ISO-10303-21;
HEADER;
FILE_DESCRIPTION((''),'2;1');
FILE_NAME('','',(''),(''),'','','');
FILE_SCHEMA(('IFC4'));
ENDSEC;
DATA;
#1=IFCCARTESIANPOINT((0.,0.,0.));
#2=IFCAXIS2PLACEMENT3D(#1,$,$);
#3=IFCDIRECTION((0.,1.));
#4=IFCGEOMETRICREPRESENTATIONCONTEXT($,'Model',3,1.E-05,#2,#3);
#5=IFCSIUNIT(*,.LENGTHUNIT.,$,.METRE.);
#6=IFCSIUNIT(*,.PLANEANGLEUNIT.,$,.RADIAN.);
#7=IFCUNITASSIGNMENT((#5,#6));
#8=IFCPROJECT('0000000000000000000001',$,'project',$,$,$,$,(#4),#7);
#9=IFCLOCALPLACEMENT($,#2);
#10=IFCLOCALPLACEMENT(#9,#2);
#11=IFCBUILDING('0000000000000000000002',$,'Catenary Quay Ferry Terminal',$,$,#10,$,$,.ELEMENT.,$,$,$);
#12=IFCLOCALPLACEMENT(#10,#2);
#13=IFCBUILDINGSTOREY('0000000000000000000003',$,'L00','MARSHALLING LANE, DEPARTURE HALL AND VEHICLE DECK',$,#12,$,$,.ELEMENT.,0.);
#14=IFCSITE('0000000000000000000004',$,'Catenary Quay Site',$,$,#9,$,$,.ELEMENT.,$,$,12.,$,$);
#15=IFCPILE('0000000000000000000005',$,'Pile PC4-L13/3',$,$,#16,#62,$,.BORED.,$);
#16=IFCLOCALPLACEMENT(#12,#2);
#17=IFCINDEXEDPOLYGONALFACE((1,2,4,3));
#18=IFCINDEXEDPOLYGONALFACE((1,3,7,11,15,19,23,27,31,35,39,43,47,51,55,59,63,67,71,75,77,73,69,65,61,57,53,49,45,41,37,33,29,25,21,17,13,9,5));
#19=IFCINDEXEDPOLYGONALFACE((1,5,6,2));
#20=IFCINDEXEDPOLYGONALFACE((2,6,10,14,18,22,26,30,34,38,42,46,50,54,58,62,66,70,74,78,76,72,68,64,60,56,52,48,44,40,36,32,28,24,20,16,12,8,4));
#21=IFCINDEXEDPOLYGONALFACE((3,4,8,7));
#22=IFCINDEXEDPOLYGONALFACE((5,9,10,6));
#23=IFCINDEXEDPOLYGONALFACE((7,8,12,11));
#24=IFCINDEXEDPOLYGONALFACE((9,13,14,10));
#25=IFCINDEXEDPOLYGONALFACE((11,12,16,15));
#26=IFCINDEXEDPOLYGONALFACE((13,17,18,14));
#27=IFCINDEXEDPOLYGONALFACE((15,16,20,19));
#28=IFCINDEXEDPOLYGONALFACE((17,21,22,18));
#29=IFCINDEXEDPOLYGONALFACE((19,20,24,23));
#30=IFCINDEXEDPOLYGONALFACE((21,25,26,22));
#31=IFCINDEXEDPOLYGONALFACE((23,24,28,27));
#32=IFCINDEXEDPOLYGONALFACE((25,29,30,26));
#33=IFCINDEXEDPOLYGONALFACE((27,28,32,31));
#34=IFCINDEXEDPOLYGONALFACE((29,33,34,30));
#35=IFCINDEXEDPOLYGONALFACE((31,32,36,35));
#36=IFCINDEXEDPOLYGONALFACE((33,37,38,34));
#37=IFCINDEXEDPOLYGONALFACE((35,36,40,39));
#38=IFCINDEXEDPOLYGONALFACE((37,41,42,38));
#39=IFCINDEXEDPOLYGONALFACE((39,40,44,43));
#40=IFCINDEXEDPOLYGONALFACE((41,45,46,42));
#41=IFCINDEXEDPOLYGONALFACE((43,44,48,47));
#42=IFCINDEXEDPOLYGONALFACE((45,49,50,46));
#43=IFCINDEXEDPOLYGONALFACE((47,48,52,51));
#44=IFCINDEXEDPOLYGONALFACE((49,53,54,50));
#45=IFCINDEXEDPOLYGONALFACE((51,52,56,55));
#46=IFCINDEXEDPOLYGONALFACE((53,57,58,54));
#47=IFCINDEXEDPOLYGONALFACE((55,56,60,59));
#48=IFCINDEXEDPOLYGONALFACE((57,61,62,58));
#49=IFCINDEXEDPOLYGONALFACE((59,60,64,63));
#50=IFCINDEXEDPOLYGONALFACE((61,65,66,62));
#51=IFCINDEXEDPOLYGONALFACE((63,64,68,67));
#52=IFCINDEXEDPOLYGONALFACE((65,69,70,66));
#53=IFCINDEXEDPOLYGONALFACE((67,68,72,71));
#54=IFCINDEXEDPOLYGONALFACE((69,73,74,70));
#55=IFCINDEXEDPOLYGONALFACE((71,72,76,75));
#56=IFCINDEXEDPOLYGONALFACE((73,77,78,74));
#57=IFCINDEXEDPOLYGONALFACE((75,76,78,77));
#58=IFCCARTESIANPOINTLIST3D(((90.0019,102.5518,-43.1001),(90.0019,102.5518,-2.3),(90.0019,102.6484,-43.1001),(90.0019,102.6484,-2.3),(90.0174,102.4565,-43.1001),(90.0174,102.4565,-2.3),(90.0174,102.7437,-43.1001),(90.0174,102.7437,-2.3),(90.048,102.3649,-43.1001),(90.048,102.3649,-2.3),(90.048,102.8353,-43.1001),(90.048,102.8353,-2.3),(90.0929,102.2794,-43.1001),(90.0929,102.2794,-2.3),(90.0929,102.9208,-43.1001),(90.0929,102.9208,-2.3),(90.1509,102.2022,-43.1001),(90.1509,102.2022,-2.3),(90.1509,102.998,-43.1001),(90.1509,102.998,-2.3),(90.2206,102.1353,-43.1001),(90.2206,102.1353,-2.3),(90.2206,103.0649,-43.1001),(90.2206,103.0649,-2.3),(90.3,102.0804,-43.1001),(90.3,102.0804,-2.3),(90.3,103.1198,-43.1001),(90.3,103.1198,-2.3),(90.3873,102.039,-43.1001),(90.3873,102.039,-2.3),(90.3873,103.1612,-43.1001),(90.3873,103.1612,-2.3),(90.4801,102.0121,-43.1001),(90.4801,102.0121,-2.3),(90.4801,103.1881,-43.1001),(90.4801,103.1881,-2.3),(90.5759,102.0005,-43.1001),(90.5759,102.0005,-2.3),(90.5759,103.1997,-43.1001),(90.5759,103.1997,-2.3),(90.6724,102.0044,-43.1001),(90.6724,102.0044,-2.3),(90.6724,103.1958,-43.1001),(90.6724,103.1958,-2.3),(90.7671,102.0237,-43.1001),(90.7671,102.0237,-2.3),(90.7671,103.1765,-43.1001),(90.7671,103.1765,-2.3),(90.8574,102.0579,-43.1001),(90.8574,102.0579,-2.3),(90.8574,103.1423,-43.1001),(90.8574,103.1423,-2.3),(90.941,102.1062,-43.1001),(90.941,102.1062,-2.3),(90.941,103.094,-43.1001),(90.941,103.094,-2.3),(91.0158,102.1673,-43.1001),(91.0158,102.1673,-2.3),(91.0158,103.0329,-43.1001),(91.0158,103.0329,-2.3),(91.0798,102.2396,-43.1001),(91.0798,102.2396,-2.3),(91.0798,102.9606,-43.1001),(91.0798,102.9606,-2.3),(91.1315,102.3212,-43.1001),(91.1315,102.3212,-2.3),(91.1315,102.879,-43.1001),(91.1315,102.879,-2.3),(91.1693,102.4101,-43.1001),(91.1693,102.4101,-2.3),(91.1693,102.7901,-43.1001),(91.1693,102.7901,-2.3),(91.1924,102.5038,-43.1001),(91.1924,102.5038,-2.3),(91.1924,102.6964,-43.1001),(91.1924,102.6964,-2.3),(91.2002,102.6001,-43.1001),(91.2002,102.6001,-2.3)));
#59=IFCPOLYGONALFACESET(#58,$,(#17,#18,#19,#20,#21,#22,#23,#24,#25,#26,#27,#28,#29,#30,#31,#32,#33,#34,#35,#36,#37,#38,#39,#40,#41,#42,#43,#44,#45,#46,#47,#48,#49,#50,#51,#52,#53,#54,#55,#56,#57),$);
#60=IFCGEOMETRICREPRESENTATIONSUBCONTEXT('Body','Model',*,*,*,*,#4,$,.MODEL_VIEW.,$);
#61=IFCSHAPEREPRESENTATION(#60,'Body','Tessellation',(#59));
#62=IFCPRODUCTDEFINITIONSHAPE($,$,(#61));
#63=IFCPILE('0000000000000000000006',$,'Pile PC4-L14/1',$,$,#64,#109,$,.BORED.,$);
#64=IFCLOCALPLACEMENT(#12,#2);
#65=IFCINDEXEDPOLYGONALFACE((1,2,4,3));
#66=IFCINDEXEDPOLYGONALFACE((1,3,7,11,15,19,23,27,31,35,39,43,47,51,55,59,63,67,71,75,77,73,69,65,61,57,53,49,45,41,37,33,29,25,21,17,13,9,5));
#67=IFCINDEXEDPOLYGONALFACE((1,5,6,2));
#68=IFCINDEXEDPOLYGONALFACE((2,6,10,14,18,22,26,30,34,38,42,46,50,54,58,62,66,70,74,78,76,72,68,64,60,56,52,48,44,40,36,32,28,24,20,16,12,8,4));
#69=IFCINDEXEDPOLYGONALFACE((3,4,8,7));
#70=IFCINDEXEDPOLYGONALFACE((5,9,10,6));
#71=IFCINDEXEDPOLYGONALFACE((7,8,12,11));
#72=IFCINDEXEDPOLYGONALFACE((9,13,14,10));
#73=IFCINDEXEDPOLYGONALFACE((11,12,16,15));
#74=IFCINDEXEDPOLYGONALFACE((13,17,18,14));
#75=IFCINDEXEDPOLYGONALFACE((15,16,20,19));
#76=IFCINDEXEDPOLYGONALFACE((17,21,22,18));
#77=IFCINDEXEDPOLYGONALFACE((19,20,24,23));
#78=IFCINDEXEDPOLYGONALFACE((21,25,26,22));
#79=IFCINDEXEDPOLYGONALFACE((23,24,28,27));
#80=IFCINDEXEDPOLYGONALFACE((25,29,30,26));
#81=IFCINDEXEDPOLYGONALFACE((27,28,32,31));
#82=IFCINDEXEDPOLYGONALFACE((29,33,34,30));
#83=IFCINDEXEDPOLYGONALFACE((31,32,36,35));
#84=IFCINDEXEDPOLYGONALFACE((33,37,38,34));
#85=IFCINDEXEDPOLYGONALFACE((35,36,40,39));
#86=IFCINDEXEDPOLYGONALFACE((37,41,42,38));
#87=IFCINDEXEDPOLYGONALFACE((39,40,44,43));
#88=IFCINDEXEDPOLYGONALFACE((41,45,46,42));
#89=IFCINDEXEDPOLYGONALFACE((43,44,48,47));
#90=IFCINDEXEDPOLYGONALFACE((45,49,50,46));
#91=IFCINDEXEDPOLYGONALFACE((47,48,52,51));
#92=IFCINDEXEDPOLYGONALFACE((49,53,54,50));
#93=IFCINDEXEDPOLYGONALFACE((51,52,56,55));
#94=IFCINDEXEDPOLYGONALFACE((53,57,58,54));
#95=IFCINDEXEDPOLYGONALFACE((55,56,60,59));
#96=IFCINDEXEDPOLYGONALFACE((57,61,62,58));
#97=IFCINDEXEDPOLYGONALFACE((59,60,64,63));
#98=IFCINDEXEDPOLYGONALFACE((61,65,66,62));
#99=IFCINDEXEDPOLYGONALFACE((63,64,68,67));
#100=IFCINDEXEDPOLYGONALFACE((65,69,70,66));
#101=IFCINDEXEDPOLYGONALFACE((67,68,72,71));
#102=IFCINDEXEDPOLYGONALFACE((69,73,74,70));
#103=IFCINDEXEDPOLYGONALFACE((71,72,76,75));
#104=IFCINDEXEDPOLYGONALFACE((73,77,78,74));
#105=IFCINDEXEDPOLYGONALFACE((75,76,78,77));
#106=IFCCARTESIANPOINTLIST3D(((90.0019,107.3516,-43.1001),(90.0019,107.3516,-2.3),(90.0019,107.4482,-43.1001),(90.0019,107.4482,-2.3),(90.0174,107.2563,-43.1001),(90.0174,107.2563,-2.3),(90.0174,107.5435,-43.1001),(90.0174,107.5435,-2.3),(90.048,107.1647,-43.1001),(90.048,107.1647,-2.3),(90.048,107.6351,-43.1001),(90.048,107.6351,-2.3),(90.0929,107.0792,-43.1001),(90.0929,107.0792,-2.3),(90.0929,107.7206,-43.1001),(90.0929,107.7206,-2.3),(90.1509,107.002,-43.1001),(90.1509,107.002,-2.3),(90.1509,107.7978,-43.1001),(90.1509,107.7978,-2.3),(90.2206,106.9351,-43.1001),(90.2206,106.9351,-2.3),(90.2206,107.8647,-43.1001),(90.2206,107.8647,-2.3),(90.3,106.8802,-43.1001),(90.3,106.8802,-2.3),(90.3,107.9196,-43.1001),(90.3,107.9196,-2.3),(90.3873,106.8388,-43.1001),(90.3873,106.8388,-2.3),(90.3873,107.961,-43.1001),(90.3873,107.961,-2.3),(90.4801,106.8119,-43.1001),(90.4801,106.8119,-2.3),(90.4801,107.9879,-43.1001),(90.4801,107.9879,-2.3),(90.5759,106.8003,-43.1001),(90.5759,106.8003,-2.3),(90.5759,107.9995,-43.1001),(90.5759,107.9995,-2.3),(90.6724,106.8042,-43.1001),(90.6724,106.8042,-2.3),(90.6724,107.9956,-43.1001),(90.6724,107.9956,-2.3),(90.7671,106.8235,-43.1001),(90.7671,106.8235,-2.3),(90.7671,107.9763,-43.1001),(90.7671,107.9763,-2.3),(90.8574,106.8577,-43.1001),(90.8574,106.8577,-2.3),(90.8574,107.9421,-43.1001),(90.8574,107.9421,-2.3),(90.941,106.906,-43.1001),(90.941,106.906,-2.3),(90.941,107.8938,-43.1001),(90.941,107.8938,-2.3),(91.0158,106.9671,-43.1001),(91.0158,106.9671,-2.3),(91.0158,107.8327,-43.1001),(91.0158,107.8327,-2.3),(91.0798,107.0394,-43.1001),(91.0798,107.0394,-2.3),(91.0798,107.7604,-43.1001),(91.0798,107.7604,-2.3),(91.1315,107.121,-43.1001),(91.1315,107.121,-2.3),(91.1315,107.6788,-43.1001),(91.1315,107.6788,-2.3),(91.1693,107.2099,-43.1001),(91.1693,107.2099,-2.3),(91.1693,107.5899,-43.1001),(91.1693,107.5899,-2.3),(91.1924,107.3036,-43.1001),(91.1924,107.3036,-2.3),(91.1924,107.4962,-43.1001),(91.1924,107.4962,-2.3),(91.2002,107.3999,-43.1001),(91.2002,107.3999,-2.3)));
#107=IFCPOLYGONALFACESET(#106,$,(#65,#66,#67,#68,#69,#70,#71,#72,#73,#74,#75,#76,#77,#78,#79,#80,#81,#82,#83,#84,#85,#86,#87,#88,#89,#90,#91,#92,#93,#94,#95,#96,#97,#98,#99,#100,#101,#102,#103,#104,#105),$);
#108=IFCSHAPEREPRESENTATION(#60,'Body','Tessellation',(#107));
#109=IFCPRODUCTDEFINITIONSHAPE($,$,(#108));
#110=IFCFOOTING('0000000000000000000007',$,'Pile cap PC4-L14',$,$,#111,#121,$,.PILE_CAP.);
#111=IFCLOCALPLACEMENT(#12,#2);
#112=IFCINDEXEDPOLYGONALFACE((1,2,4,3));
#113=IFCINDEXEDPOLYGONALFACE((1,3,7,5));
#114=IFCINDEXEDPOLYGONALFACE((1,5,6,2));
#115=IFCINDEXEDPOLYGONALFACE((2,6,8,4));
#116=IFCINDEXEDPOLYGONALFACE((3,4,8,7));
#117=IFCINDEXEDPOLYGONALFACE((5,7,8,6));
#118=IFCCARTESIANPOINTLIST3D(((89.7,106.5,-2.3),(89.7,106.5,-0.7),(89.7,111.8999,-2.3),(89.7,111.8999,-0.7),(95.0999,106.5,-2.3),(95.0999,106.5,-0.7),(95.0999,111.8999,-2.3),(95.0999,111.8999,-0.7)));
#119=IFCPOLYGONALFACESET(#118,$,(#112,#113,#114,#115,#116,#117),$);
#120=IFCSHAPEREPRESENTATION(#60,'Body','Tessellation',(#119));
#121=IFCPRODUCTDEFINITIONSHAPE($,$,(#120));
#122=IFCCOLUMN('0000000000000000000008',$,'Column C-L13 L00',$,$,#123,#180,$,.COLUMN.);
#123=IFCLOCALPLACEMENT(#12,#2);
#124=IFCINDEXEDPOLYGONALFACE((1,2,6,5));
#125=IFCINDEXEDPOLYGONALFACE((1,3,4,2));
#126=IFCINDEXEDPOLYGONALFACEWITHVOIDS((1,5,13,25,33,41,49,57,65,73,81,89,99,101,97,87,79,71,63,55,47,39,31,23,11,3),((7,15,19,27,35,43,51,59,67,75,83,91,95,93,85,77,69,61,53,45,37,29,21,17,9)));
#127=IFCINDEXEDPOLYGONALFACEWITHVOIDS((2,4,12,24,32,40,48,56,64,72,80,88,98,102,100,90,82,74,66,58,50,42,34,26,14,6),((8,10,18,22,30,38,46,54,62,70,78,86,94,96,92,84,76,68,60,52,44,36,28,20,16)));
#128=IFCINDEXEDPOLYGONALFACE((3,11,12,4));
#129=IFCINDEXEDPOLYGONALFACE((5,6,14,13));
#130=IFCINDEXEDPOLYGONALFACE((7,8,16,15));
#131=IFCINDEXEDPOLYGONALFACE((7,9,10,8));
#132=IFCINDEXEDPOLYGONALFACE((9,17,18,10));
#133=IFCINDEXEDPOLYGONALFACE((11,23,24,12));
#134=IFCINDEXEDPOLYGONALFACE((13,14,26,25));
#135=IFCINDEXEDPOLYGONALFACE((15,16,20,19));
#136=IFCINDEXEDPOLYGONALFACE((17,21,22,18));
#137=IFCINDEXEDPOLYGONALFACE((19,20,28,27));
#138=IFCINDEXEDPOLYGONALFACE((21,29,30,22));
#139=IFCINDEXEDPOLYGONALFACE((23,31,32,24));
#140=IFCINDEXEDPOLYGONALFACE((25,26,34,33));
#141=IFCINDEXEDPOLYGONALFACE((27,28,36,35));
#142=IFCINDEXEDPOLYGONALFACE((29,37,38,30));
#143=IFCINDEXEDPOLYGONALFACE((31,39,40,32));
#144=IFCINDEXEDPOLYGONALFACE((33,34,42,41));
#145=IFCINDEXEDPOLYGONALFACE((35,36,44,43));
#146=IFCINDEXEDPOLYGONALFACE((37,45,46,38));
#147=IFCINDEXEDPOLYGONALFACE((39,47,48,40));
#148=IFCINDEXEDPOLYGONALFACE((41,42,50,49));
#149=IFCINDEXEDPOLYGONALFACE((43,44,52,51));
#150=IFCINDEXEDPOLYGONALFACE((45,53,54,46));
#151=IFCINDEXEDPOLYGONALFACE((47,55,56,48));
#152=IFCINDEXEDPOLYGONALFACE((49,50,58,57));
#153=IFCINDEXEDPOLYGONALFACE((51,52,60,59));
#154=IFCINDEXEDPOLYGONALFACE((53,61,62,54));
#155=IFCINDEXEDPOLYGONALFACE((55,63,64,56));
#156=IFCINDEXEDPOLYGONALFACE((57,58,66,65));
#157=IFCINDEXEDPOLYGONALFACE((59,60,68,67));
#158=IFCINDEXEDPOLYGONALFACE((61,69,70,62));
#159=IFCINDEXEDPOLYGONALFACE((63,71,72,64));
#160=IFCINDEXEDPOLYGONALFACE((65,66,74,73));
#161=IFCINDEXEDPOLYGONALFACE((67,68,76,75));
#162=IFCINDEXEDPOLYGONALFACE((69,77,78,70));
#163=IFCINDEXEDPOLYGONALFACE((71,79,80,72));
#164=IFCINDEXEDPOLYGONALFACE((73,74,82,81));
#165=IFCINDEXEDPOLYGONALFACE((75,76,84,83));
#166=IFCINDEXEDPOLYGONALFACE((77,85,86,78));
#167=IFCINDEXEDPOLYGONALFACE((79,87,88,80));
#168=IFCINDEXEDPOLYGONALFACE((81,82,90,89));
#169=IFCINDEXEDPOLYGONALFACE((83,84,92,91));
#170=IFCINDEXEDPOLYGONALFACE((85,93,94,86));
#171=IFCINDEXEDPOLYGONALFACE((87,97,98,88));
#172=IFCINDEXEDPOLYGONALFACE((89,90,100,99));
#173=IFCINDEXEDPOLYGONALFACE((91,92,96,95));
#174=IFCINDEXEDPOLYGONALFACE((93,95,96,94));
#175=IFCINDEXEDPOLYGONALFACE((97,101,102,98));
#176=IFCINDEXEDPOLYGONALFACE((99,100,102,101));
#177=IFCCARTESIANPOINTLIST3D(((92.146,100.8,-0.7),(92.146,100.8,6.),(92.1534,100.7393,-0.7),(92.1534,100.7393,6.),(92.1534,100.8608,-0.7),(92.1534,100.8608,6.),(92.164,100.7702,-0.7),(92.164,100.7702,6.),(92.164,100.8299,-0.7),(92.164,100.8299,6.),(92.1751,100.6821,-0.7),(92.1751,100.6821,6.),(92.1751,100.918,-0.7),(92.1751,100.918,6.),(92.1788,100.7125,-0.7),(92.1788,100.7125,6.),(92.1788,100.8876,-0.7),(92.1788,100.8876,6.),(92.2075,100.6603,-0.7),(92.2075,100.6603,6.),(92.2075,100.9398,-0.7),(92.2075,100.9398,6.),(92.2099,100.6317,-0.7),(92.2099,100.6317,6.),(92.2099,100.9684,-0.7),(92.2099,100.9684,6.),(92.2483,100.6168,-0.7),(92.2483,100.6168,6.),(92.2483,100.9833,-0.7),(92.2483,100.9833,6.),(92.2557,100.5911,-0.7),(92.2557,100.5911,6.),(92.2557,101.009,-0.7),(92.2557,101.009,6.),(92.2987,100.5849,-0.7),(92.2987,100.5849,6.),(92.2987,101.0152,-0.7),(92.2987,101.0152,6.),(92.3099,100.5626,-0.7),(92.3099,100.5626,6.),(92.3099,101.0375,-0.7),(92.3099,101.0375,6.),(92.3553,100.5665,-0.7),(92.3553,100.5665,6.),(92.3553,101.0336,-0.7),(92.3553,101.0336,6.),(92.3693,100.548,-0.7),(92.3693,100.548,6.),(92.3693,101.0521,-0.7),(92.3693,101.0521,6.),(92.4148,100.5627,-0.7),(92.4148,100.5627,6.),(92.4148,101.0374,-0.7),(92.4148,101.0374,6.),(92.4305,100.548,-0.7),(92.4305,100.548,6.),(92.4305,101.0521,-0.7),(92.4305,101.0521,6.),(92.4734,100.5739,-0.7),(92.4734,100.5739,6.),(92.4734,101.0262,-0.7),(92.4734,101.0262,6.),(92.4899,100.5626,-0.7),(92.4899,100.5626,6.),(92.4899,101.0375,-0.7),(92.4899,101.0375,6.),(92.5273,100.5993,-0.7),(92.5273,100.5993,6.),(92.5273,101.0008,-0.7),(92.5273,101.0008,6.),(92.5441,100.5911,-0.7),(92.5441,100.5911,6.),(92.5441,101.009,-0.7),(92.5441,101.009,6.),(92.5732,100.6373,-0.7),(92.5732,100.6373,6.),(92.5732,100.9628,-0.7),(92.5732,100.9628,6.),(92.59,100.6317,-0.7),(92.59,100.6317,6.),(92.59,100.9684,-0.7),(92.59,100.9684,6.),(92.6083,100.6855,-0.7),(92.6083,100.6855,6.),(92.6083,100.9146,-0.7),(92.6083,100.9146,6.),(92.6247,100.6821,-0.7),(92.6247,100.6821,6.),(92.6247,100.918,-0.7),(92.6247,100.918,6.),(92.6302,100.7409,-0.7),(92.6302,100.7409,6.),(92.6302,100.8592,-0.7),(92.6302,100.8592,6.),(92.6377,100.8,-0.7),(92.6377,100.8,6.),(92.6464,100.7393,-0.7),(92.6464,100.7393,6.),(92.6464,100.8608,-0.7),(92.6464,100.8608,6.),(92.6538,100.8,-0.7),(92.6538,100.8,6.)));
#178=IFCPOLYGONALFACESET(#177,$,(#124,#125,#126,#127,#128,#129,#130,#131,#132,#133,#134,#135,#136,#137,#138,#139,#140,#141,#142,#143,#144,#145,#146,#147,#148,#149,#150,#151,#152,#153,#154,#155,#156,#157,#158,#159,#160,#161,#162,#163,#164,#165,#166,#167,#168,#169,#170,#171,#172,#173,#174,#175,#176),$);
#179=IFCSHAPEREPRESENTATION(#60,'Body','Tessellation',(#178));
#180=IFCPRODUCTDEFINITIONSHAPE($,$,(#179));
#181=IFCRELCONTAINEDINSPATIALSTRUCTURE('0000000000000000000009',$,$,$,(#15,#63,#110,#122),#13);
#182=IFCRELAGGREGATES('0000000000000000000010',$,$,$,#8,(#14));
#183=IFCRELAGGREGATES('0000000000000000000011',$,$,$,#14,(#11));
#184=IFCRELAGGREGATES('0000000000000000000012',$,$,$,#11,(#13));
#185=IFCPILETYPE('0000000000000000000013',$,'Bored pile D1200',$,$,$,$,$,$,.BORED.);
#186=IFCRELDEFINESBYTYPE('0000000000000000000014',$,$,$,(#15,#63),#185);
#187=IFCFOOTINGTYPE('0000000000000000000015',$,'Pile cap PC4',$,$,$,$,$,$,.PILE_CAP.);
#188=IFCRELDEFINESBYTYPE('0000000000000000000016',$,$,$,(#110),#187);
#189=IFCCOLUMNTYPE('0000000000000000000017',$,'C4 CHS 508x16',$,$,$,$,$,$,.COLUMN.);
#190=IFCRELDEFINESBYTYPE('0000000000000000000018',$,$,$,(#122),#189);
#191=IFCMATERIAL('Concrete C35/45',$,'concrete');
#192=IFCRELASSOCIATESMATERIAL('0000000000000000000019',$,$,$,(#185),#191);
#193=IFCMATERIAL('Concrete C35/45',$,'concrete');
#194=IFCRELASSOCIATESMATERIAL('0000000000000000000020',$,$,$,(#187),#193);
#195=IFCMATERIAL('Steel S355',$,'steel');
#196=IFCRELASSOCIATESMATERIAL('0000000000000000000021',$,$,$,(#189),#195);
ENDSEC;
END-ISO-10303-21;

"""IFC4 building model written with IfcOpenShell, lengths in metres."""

from ifc_helpers import new_model, si_unit, direction, frame, origin, origin_2d, place, context, subcontext, project, spatial, rectangle, circle, hollow_circle, extrude, material, material_profile, profile_set, type_object, element, save


model = new_model("IFC4")

# Units and contexts
model_context = context("Model", 3, precision=1e-05, world=origin(), true_north=direction((0.0, 1.0)))
body_context = subcontext(model_context, "Body", "Model", "MODEL_VIEW")
ifc_project = project(units=[si_unit("LENGTHUNIT", "METRE"), si_unit("PLANEANGLEUNIT", "RADIAN")], contexts=[model_context])

# Site, building, storey
site_placement = place(None, origin())
site = spatial("IfcSite", under=ifc_project, at=site_placement, Name="Catenary Quay Site", CompositionType="ELEMENT", RefElevation=12.0)
building_placement = place(site_placement, origin())
building = spatial("IfcBuilding", under=site, at=building_placement, Name="Catenary Quay Ferry Terminal", CompositionType="ELEMENT")
storey_placement = place(building_placement, origin())
storey = spatial("IfcBuildingStorey", under=building, at=storey_placement, Name="L00", Description="MARSHALLING LANE, DEPARTURE HALL AND VEHICLE DECK", CompositionType="ELEMENT", Elevation=0.0)

# Piles
ifc_material_1 = material(Name="Concrete C35/45", Category="concrete")
ifc_material_profile_1 = material_profile(ifc_material_1, circle(Radius=0.6001, at=origin_2d()), Name="D1200")
ifc_profile_set_1 = profile_set([ifc_material_profile_1], Name="Concrete C35/45")
pile_type = type_object("IfcPileType", Name="Bored pile D1200", PredefinedType="BORED", material=ifc_profile_set_1)
for number, where, z_axis, x_axis, name in (
    (1, (90.6001, 102.6001, -2.3), (0.0, 0.0, -1.0), (1.0, 0.0, 0.0), "Pile PC4-L13/3"),
    (2, (90.6001, 107.3999, -2.3), (0.0, 0.0, -1.0), (1.0, 0.0, 0.0), "Pile PC4-L14/1"),
):
    element("IfcPile", number, at=place(storey_placement, frame(where, z_axis=z_axis, x_axis=x_axis)), inside=storey, type_object=pile_type, Name=name, PredefinedType="BORED", context=body_context, shape_type="SweptSolid", body=[
        extrude(circle(Radius=0.6001, at=origin_2d()), origin(), (0.0, 0.0, 1.0), 40.8),
    ])

# Footing
ifc_material_2 = material(Name="Concrete C35/45", Category="concrete")
footing_type = type_object("IfcFootingType", Name="Pile cap PC4", PredefinedType="PILE_CAP", material=ifc_material_2)
footing_placement = place(storey_placement, frame((92.3999, 109.2, -2.3), z_axis=(0.0, 0.0, 1.0), x_axis=(1.0, 0.0, 0.0)))
element("IfcFooting", 3, at=footing_placement, inside=storey, type_object=footing_type, Name="Pile cap PC4-L14", PredefinedType="PILE_CAP", context=body_context, shape_type="SweptSolid", body=[
    extrude(rectangle(XDim=5.3999, YDim=5.3999, at=origin_2d()), origin(), (0.0, 0.0, 1.0), 1.6001),
])

# Column
ifc_material_3 = material(Name="Steel S355", Category="steel")
ifc_material_profile_2 = material_profile(ifc_material_3, hollow_circle(Radius=0.2539, WallThickness=0.0161, at=origin_2d()), Name="CHS 508x16")
ifc_profile_set_2 = profile_set([ifc_material_profile_2], Name="Steel S355")
column_type = type_object("IfcColumnType", Name="C4 CHS 508x16", PredefinedType="COLUMN", material=ifc_profile_set_2)
for number, where, z_axis, x_axis, name in (
    (4, (92.3999, 100.8, -0.7), (0.0, 0.0, 1.0), (1.0, 0.0, 0.0), "Column C-L13 L00"),
):
    element("IfcColumn", number, at=place(storey_placement, frame(where, z_axis=z_axis, x_axis=x_axis)), inside=storey, type_object=column_type, Name=name, PredefinedType="COLUMN", context=body_context, shape_type="SweptSolid", body=[
        extrude(hollow_circle(Radius=0.2539, WallThickness=0.0161, at=origin_2d()), origin(), (0.0, 0.0, 1.0), 6.7),
    ])

save(model, "model.ifc")
